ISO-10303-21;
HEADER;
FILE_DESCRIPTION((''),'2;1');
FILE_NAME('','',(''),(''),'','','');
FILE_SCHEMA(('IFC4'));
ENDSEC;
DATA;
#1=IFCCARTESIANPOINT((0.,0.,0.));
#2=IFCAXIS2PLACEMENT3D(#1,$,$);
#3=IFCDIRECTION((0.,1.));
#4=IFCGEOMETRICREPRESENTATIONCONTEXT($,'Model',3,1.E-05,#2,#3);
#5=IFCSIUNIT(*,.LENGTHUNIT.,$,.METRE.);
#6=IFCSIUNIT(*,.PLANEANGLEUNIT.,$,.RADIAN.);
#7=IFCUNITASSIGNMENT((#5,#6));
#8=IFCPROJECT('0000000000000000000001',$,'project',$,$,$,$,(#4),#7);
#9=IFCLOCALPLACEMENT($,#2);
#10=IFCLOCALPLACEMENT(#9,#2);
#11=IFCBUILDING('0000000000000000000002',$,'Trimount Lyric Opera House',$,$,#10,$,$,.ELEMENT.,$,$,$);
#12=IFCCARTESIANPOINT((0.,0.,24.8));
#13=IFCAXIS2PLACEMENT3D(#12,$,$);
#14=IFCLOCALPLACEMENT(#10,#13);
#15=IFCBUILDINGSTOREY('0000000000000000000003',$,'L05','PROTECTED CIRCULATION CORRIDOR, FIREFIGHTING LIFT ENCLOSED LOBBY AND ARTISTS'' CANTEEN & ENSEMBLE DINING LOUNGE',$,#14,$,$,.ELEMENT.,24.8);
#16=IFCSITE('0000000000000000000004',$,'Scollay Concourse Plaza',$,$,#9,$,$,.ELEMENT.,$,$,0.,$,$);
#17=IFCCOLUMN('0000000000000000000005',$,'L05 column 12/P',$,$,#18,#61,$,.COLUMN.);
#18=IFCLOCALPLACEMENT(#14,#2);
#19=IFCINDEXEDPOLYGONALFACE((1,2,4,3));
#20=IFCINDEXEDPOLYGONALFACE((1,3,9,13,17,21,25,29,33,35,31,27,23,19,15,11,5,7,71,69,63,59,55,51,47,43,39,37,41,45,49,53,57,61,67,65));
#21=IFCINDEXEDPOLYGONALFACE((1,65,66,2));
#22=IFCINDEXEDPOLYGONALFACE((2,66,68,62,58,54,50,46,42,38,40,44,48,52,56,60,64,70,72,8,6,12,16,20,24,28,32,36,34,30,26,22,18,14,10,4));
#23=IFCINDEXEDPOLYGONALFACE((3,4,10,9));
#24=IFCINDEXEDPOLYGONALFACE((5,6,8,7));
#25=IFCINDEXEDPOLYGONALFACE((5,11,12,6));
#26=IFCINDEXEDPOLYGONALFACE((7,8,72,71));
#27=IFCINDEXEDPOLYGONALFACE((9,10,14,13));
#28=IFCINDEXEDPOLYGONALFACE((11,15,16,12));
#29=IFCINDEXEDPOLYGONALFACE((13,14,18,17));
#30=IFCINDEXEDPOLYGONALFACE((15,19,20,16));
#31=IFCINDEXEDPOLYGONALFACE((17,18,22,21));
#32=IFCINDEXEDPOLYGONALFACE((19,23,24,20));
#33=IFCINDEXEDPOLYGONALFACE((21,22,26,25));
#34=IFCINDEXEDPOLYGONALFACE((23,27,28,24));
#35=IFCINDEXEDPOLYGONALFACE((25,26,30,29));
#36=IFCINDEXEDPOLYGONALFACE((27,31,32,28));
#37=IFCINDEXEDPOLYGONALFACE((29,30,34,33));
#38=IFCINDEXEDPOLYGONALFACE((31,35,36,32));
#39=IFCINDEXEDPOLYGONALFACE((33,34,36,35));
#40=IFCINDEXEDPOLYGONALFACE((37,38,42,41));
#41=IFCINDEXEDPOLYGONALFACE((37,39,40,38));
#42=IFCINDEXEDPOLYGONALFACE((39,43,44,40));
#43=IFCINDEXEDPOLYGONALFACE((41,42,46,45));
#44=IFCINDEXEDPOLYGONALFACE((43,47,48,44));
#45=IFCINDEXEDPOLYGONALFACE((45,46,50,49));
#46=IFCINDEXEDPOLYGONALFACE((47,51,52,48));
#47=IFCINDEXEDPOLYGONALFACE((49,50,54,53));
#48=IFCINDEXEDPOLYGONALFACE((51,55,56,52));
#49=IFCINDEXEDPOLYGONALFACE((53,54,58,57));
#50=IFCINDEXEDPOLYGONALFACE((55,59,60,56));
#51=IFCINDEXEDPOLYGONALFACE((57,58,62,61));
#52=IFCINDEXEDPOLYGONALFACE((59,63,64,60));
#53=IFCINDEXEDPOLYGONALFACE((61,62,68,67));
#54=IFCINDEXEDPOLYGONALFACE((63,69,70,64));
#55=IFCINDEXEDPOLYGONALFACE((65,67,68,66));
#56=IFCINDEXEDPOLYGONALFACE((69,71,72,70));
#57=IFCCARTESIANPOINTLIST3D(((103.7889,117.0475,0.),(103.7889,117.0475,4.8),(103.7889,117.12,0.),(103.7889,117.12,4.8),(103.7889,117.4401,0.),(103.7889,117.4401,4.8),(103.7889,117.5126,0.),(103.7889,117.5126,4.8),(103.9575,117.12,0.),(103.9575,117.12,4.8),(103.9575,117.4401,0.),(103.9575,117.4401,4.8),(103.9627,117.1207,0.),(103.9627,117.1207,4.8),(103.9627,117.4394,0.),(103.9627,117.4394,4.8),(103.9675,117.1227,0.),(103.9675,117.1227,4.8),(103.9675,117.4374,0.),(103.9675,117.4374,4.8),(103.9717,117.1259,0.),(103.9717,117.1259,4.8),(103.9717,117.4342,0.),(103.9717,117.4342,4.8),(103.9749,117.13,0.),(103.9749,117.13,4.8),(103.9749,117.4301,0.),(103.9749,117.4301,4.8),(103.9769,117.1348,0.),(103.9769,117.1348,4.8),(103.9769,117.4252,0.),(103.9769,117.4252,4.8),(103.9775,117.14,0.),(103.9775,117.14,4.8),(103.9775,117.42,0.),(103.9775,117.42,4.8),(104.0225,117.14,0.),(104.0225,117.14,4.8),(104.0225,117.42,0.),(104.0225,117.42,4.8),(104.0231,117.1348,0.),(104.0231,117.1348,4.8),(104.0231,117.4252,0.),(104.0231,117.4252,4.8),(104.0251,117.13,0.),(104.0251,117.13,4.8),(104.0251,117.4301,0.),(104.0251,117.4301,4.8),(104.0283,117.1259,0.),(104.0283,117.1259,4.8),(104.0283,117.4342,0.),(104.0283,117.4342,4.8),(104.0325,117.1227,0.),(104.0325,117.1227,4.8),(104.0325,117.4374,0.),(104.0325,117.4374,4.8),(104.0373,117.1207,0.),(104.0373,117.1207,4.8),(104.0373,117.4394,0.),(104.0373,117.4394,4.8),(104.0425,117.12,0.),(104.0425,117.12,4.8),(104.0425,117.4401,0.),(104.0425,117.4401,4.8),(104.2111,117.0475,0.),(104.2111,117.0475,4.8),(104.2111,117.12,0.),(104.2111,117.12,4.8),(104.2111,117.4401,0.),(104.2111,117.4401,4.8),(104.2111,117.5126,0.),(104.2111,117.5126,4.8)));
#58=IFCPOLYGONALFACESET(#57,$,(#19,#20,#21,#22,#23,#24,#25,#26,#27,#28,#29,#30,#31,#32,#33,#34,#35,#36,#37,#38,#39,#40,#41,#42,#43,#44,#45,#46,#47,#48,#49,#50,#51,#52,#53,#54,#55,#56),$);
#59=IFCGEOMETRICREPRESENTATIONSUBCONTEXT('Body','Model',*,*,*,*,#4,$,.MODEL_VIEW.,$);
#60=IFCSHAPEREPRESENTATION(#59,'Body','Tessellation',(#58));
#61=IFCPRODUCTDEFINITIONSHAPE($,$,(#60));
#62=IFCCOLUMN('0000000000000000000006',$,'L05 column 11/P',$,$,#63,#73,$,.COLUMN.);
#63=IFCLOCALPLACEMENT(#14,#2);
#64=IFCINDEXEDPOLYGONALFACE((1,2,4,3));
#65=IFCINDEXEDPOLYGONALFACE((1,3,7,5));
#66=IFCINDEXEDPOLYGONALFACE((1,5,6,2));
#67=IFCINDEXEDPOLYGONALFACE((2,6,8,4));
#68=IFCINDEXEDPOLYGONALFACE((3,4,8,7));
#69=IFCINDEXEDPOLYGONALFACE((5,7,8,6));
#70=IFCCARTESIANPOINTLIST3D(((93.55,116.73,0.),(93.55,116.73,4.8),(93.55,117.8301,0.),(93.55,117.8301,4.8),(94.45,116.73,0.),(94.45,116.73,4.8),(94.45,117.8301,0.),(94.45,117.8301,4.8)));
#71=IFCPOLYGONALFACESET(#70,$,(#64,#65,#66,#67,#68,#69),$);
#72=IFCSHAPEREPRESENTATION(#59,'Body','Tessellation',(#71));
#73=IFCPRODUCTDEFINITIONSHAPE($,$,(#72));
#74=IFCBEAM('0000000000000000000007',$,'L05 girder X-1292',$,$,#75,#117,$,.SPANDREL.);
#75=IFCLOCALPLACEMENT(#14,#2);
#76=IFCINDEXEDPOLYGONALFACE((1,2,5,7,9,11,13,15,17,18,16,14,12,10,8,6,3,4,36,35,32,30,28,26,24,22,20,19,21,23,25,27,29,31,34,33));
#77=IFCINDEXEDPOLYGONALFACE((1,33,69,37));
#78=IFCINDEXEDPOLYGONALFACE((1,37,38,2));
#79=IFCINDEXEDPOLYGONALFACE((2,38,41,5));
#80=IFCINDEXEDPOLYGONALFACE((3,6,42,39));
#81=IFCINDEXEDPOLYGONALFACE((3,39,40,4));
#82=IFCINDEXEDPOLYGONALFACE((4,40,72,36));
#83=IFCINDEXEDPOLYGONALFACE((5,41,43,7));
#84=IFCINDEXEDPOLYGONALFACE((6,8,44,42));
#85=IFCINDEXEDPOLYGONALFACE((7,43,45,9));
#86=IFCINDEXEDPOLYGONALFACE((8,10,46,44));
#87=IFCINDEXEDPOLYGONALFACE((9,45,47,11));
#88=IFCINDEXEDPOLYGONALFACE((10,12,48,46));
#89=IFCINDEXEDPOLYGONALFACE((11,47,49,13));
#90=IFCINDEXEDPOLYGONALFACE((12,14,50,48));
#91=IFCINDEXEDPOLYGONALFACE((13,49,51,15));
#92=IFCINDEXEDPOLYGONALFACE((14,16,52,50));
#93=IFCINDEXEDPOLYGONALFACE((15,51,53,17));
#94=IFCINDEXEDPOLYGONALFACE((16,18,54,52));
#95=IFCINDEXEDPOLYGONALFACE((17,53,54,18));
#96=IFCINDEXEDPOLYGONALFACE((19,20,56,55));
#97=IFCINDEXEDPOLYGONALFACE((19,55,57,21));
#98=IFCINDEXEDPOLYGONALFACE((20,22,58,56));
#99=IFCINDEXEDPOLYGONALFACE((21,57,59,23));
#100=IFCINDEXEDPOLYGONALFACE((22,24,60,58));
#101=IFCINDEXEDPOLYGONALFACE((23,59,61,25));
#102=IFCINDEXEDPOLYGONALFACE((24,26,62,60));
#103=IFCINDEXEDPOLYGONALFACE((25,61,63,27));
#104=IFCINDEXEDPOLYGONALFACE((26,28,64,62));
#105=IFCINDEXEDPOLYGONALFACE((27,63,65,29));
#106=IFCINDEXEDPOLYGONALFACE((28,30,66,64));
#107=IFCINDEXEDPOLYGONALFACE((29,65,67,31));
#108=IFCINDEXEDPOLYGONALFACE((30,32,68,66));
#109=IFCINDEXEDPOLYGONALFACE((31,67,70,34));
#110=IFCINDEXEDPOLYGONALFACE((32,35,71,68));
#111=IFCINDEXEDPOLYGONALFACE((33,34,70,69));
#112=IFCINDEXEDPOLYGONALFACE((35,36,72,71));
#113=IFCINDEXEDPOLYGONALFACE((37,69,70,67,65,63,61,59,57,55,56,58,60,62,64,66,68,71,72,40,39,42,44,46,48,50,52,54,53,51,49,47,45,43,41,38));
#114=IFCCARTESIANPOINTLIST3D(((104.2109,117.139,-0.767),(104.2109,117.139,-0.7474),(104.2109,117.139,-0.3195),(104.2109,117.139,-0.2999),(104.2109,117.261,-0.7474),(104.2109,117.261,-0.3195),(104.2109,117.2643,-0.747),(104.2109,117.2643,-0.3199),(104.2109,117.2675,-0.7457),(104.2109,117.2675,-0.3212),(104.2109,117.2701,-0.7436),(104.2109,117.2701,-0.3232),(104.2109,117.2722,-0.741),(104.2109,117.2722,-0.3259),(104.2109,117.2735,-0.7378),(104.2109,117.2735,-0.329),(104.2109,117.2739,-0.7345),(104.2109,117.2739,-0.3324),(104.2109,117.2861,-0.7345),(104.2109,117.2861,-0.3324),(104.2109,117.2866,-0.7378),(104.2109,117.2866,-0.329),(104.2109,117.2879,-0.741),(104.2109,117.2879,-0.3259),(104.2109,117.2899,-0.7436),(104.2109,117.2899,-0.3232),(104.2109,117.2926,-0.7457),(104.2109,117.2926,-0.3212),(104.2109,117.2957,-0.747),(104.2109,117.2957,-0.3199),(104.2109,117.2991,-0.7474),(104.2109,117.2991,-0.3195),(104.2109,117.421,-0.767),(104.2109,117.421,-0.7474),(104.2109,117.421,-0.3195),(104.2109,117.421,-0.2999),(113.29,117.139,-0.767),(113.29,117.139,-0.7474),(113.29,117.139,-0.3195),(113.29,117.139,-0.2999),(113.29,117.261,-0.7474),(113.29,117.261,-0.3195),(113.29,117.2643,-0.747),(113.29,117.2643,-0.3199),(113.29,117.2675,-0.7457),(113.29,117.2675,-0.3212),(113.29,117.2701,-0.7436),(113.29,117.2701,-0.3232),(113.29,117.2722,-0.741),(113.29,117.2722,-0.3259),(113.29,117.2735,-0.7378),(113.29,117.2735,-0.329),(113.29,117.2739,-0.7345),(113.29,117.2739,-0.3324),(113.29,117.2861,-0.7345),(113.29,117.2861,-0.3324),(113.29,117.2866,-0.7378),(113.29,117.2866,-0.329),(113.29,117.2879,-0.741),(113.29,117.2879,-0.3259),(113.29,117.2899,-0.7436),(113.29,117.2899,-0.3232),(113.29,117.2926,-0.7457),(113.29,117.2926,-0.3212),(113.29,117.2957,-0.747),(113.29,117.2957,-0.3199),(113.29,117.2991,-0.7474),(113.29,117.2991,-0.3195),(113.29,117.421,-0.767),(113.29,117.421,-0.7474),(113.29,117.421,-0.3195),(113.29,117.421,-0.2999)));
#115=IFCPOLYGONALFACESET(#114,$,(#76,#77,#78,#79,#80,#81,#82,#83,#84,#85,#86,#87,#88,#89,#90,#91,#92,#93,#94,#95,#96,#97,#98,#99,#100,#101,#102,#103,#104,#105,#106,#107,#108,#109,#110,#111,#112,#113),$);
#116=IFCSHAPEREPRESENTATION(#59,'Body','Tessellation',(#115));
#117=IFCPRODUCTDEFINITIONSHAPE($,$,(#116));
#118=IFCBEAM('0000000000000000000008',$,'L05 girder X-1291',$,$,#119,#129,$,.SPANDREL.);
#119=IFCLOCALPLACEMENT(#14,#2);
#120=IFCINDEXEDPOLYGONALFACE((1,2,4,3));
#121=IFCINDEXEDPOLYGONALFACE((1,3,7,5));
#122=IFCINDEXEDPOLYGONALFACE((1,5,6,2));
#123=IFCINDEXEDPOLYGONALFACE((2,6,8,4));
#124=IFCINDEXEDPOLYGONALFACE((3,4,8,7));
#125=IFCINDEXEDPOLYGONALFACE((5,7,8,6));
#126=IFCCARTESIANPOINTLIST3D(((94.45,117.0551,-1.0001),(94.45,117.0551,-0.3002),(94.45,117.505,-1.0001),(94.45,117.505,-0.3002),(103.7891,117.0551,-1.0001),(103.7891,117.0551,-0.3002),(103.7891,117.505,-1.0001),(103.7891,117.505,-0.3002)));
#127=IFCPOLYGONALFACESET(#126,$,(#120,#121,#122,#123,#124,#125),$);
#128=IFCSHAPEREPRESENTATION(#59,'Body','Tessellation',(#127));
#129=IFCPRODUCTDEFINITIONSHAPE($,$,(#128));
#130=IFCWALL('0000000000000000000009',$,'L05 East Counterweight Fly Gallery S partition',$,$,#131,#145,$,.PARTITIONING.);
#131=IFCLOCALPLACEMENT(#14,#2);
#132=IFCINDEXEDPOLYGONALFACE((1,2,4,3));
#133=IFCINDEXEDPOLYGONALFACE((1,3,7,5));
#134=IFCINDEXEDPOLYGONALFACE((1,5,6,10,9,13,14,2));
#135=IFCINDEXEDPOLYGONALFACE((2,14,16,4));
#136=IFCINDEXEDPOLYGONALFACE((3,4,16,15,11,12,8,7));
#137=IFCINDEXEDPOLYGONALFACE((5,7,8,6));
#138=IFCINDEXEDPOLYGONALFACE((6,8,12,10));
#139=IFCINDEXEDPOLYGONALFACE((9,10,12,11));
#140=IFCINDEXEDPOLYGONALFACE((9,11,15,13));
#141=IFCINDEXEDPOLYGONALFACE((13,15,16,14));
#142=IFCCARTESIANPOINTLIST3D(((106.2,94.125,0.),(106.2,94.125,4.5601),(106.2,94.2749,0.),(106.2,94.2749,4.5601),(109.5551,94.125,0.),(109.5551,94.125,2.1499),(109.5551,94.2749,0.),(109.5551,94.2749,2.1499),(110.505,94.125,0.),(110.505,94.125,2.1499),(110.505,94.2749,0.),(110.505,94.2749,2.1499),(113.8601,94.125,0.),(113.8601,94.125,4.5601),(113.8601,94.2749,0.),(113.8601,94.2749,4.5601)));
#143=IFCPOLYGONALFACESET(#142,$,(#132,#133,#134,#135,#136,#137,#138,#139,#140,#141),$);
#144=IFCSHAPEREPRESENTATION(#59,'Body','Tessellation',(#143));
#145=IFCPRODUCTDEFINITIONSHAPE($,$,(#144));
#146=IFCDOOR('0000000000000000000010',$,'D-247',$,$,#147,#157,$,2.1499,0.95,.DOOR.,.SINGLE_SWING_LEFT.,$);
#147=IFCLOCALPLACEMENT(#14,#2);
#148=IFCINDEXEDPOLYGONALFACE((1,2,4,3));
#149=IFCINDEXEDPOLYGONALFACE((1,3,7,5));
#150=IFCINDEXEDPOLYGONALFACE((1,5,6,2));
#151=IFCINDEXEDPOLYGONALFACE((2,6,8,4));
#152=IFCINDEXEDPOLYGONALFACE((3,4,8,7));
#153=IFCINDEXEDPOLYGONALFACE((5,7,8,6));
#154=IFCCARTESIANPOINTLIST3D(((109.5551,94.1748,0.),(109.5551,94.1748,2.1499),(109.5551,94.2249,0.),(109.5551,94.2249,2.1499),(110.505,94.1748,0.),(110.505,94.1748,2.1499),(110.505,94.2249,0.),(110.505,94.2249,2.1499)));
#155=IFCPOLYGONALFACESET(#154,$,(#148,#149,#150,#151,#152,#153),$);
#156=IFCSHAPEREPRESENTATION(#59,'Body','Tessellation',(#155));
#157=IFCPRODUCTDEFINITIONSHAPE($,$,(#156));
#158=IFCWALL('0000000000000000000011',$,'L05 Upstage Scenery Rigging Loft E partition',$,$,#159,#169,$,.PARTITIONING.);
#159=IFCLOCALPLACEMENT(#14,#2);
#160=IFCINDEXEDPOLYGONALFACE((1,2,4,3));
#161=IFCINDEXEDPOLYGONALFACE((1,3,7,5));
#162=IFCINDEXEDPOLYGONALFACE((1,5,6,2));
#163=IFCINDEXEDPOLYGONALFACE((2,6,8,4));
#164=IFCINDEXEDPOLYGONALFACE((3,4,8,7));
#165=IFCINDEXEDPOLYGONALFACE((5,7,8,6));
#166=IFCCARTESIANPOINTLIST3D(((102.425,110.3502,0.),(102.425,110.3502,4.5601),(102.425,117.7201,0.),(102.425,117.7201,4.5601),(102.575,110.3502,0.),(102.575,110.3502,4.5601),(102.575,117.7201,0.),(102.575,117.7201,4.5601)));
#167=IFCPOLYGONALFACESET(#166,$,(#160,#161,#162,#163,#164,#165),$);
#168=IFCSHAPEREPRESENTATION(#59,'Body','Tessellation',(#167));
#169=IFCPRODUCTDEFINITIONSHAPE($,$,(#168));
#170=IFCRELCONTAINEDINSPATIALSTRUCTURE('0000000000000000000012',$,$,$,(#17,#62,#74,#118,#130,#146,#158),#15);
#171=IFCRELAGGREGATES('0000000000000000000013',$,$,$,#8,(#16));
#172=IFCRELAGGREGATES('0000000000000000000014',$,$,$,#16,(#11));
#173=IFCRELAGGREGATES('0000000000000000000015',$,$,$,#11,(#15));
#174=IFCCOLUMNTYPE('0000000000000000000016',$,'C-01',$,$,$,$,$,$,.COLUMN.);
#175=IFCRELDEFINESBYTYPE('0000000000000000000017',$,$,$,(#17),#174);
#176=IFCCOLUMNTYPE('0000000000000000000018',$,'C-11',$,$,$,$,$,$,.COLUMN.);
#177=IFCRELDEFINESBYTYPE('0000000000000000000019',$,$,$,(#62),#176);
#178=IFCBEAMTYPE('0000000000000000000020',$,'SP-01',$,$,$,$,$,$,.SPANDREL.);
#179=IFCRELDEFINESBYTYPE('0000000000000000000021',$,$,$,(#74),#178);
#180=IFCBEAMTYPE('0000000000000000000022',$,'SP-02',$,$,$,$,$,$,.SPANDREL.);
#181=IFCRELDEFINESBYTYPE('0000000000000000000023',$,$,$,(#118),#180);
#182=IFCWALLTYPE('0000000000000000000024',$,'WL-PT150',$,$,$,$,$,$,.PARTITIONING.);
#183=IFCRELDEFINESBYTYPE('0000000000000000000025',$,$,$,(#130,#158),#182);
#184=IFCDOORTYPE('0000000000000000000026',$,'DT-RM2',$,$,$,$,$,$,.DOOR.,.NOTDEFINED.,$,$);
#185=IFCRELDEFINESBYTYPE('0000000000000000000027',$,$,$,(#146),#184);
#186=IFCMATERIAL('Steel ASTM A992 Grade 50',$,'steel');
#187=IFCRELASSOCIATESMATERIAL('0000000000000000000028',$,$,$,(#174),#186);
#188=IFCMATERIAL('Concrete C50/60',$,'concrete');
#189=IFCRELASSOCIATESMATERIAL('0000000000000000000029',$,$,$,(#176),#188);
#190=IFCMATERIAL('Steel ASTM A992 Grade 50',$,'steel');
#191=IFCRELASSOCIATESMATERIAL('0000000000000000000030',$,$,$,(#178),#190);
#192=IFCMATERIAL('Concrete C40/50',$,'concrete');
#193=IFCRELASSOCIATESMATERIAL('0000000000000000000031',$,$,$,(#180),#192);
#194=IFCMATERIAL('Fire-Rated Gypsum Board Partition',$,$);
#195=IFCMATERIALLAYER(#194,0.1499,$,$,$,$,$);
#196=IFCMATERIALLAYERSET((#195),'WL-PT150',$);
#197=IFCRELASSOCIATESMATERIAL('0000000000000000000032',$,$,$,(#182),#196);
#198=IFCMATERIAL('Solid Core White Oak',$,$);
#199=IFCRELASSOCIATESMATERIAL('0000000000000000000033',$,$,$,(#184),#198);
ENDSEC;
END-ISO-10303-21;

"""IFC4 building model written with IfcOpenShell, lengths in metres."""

from ifc_helpers import new_model, si_unit, direction, frame, frame_2d, origin, origin_2d, place, context, subcontext, project, spatial, rectangle, i_section, extrude, material, layer, layer_set, material_profile, profile_set, type_object, element, fill, save


model = new_model("IFC4")

# Units and contexts
model_context = context("Model", 3, precision=1e-05, world=origin(), true_north=direction((0.0, 1.0)))
body_context = subcontext(model_context, "Body", "Model", "MODEL_VIEW")
ifc_project = project(units=[si_unit("LENGTHUNIT", "METRE"), si_unit("PLANEANGLEUNIT", "RADIAN")], contexts=[model_context])

# Site, building, storey
site_placement = place(None, origin())
site = spatial("IfcSite", under=ifc_project, at=site_placement, Name="Scollay Concourse Plaza", CompositionType="ELEMENT", RefElevation=0.0)
building_placement = place(site_placement, origin())
building = spatial("IfcBuilding", under=site, at=building_placement, Name="Trimount Lyric Opera House", CompositionType="ELEMENT")
storey_placement = place(building_placement, frame((0.0, 0.0, 24.8)))
storey = spatial("IfcBuildingStorey", under=building, at=storey_placement, Name="L05", Description="PROTECTED CIRCULATION CORRIDOR, FIREFIGHTING LIFT ENCLOSED LOBBY AND ARTISTS' CANTEEN & ENSEMBLE DINING LOUNGE", CompositionType="ELEMENT", Elevation=24.8)

# Columns
ifc_material_1 = material(Name="Steel ASTM A992 Grade 50", Category="steel")
ifc_material_profile_1 = material_profile(ifc_material_1, i_section(OverallWidth=0.4221, OverallDepth=0.4651, WebThickness=0.0449, FlangeThickness=0.0725, FilletRadius=0.02, at=origin_2d()), Name="W14X398")
ifc_profile_set_1 = profile_set([ifc_material_profile_1], Name="Steel ASTM A992 Grade 50")
column_type_1 = type_object("IfcColumnType", Name="C-01", PredefinedType="COLUMN", material=ifc_profile_set_1)
column_1_placement = place(storey_placement, frame((104.0, 117.28, 0.0), z_axis=(0.0, 0.0, 1.0), x_axis=(1.0, 0.0, 0.0)))
element("IfcColumn", 1, at=column_1_placement, inside=storey, type_object=column_type_1, Name="L05 column 12/P", PredefinedType="COLUMN", context=body_context, shape_type="SweptSolid", body=[
    extrude(i_section(OverallWidth=0.4221, OverallDepth=0.4651, WebThickness=0.0449, FlangeThickness=0.0725, FilletRadius=0.02, at=origin_2d()), origin(), (0.0, 0.0, 1.0), 4.8),
])
ifc_material_2 = material(Name="Concrete C50/60", Category="concrete")
ifc_material_profile_2 = material_profile(ifc_material_2, rectangle(XDim=0.8999, YDim=1.1001, at=origin_2d()), Name="RC1100X900")
ifc_profile_set_2 = profile_set([ifc_material_profile_2], Name="Concrete C50/60")
column_type_2 = type_object("IfcColumnType", Name="C-11", PredefinedType="COLUMN", material=ifc_profile_set_2)
column_2_placement = place(storey_placement, frame((94.0, 117.28, 0.0), z_axis=(0.0, 0.0, 1.0), x_axis=(1.0, 0.0, 0.0)))
element("IfcColumn", 2, at=column_2_placement, inside=storey, type_object=column_type_2, Name="L05 column 11/P", PredefinedType="COLUMN", context=body_context, shape_type="SweptSolid", body=[
    extrude(rectangle(XDim=0.8999, YDim=1.1001, at=origin_2d()), origin(), (0.0, 0.0, 1.0), 4.8),
])

# Beams
ifc_material_3 = material(Name="Steel ASTM A992 Grade 50", Category="steel")
ifc_material_profile_3 = material_profile(ifc_material_3, i_section(OverallWidth=0.282, OverallDepth=0.467, WebThickness=0.0122, FlangeThickness=0.0195, FilletRadius=0.0129, at=origin_2d()), Name="W18X86")
ifc_profile_set_3 = profile_set([ifc_material_profile_3], Name="Steel ASTM A992 Grade 50")
beam_type_1 = type_object("IfcBeamType", Name="SP-01", PredefinedType="SPANDREL", material=ifc_profile_set_3)
beam_1_placement = place(storey_placement, frame((104.2109, 117.28, -0.5334), z_axis=(1.0, 0.0, 0.0), x_axis=(0.0, 1.0, 0.0)))
element("IfcBeam", 3, at=beam_1_placement, inside=storey, type_object=beam_type_1, Name="L05 girder X-1292", PredefinedType="SPANDREL", context=body_context, shape_type="SweptSolid", body=[
    extrude(i_section(OverallWidth=0.282, OverallDepth=0.467, WebThickness=0.0122, FlangeThickness=0.0195, FilletRadius=0.0129, at=origin_2d()), origin(), (0.0, 0.0, 1.0), 9.0791),
])
ifc_material_4 = material(Name="Concrete C40/50", Category="concrete")
ifc_material_profile_4 = material_profile(ifc_material_4, rectangle(XDim=0.45, YDim=0.7, at=origin_2d()), Name="RC450X700")
ifc_profile_set_4 = profile_set([ifc_material_profile_4], Name="Concrete C40/50")
beam_type_2 = type_object("IfcBeamType", Name="SP-02", PredefinedType="SPANDREL", material=ifc_profile_set_4)
beam_2_placement = place(storey_placement, frame((94.45, 117.28, -0.6501), z_axis=(1.0, 0.0, 0.0), x_axis=(0.0, 1.0, 0.0)))
element("IfcBeam", 4, at=beam_2_placement, inside=storey, type_object=beam_type_2, Name="L05 girder X-1291", PredefinedType="SPANDREL", context=body_context, shape_type="SweptSolid", body=[
    extrude(rectangle(XDim=0.45, YDim=0.7, at=origin_2d()), origin(), (0.0, 0.0, 1.0), 9.3391),
])

# Wall, opening, door
ifc_material_5 = material(Name="Fire-Rated Gypsum Board Partition")
ifc_layer_1 = layer(ifc_material_5, 0.1499)
ifc_layer_set_1 = layer_set([ifc_layer_1], Name="WL-PT150")
wall_type_1 = type_object("IfcWallType", Name="WL-PT150", PredefinedType="PARTITIONING", material=ifc_layer_set_1)
wall_1_placement = place(storey_placement, frame((106.2, 94.2, 0.0), z_axis=(0.0, 0.0, 1.0), x_axis=(1.0, 0.0, 0.0)))
wall_1 = element("IfcWall", 5, at=wall_1_placement, inside=storey, type_object=wall_type_1, Name="L05 East Counterweight Fly Gallery S partition", PredefinedType="PARTITIONING", context=body_context, shape_type="SweptSolid", body=[
    extrude(rectangle(XDim=7.6602, YDim=0.1499, at=frame_2d((3.8301, 0.0))), origin(), (0.0, 0.0, 1.0), 4.5601),
])
opening_1_placement = place(wall_1_placement, frame((3.355, 0.0, 0.0)))
opening_1 = element("IfcOpeningElement", 6, at=opening_1_placement, cuts=wall_1, PredefinedType="OPENING", context=body_context, shape_type="SweptSolid", body=[
    extrude(rectangle(XDim=0.95, YDim=2.1499, at=frame_2d((0.4751, 1.075))), frame((0.0, 0.085, 0.0), z_axis=(0.0, -1.0, 0.0), x_axis=(1.0, 0.0, 0.0)), (0.0, 0.0, 1.0), 0.1699),
])
ifc_material_6 = material(Name="Solid Core White Oak")
door_type_1 = type_object("IfcDoorType", Name="DT-RM2", OperationType="NOTDEFINED", PredefinedType="DOOR", material=ifc_material_6)
door_1_placement = place(opening_1_placement, origin())
door_1 = element("IfcDoor", 7, at=door_1_placement, inside=storey, type_object=door_type_1, Name="D-247", OperationType="SINGLE_SWING_LEFT", OverallHeight=2.1499, OverallWidth=0.95, PredefinedType="DOOR", context=body_context, shape_type="SweptSolid", body=[
    extrude(rectangle(XDim=0.95, YDim=2.1499, at=frame_2d((0.4751, 1.075))), frame((0.0, 0.0249, 0.0), z_axis=(0.0, -1.0, 0.0), x_axis=(1.0, 0.0, 0.0)), (0.0, 0.0, 1.0), 0.05),
])
fill(opening_1, door_1)

# Wall
wall_2_placement = place(storey_placement, frame((102.5, 110.3501, 0.0), z_axis=(0.0, 0.0, 1.0), x_axis=(0.0, 1.0, 0.0)))
element("IfcWall", 8, at=wall_2_placement, inside=storey, type_object=wall_type_1, Name="L05 Upstage Scenery Rigging Loft E partition", PredefinedType="PARTITIONING", context=body_context, shape_type="SweptSolid", body=[
    extrude(rectangle(XDim=7.3699, YDim=0.1499, at=frame_2d((3.6851, 0.0))), origin(), (0.0, 0.0, 1.0), 4.5601),
])

save(model, "model.ifc")
